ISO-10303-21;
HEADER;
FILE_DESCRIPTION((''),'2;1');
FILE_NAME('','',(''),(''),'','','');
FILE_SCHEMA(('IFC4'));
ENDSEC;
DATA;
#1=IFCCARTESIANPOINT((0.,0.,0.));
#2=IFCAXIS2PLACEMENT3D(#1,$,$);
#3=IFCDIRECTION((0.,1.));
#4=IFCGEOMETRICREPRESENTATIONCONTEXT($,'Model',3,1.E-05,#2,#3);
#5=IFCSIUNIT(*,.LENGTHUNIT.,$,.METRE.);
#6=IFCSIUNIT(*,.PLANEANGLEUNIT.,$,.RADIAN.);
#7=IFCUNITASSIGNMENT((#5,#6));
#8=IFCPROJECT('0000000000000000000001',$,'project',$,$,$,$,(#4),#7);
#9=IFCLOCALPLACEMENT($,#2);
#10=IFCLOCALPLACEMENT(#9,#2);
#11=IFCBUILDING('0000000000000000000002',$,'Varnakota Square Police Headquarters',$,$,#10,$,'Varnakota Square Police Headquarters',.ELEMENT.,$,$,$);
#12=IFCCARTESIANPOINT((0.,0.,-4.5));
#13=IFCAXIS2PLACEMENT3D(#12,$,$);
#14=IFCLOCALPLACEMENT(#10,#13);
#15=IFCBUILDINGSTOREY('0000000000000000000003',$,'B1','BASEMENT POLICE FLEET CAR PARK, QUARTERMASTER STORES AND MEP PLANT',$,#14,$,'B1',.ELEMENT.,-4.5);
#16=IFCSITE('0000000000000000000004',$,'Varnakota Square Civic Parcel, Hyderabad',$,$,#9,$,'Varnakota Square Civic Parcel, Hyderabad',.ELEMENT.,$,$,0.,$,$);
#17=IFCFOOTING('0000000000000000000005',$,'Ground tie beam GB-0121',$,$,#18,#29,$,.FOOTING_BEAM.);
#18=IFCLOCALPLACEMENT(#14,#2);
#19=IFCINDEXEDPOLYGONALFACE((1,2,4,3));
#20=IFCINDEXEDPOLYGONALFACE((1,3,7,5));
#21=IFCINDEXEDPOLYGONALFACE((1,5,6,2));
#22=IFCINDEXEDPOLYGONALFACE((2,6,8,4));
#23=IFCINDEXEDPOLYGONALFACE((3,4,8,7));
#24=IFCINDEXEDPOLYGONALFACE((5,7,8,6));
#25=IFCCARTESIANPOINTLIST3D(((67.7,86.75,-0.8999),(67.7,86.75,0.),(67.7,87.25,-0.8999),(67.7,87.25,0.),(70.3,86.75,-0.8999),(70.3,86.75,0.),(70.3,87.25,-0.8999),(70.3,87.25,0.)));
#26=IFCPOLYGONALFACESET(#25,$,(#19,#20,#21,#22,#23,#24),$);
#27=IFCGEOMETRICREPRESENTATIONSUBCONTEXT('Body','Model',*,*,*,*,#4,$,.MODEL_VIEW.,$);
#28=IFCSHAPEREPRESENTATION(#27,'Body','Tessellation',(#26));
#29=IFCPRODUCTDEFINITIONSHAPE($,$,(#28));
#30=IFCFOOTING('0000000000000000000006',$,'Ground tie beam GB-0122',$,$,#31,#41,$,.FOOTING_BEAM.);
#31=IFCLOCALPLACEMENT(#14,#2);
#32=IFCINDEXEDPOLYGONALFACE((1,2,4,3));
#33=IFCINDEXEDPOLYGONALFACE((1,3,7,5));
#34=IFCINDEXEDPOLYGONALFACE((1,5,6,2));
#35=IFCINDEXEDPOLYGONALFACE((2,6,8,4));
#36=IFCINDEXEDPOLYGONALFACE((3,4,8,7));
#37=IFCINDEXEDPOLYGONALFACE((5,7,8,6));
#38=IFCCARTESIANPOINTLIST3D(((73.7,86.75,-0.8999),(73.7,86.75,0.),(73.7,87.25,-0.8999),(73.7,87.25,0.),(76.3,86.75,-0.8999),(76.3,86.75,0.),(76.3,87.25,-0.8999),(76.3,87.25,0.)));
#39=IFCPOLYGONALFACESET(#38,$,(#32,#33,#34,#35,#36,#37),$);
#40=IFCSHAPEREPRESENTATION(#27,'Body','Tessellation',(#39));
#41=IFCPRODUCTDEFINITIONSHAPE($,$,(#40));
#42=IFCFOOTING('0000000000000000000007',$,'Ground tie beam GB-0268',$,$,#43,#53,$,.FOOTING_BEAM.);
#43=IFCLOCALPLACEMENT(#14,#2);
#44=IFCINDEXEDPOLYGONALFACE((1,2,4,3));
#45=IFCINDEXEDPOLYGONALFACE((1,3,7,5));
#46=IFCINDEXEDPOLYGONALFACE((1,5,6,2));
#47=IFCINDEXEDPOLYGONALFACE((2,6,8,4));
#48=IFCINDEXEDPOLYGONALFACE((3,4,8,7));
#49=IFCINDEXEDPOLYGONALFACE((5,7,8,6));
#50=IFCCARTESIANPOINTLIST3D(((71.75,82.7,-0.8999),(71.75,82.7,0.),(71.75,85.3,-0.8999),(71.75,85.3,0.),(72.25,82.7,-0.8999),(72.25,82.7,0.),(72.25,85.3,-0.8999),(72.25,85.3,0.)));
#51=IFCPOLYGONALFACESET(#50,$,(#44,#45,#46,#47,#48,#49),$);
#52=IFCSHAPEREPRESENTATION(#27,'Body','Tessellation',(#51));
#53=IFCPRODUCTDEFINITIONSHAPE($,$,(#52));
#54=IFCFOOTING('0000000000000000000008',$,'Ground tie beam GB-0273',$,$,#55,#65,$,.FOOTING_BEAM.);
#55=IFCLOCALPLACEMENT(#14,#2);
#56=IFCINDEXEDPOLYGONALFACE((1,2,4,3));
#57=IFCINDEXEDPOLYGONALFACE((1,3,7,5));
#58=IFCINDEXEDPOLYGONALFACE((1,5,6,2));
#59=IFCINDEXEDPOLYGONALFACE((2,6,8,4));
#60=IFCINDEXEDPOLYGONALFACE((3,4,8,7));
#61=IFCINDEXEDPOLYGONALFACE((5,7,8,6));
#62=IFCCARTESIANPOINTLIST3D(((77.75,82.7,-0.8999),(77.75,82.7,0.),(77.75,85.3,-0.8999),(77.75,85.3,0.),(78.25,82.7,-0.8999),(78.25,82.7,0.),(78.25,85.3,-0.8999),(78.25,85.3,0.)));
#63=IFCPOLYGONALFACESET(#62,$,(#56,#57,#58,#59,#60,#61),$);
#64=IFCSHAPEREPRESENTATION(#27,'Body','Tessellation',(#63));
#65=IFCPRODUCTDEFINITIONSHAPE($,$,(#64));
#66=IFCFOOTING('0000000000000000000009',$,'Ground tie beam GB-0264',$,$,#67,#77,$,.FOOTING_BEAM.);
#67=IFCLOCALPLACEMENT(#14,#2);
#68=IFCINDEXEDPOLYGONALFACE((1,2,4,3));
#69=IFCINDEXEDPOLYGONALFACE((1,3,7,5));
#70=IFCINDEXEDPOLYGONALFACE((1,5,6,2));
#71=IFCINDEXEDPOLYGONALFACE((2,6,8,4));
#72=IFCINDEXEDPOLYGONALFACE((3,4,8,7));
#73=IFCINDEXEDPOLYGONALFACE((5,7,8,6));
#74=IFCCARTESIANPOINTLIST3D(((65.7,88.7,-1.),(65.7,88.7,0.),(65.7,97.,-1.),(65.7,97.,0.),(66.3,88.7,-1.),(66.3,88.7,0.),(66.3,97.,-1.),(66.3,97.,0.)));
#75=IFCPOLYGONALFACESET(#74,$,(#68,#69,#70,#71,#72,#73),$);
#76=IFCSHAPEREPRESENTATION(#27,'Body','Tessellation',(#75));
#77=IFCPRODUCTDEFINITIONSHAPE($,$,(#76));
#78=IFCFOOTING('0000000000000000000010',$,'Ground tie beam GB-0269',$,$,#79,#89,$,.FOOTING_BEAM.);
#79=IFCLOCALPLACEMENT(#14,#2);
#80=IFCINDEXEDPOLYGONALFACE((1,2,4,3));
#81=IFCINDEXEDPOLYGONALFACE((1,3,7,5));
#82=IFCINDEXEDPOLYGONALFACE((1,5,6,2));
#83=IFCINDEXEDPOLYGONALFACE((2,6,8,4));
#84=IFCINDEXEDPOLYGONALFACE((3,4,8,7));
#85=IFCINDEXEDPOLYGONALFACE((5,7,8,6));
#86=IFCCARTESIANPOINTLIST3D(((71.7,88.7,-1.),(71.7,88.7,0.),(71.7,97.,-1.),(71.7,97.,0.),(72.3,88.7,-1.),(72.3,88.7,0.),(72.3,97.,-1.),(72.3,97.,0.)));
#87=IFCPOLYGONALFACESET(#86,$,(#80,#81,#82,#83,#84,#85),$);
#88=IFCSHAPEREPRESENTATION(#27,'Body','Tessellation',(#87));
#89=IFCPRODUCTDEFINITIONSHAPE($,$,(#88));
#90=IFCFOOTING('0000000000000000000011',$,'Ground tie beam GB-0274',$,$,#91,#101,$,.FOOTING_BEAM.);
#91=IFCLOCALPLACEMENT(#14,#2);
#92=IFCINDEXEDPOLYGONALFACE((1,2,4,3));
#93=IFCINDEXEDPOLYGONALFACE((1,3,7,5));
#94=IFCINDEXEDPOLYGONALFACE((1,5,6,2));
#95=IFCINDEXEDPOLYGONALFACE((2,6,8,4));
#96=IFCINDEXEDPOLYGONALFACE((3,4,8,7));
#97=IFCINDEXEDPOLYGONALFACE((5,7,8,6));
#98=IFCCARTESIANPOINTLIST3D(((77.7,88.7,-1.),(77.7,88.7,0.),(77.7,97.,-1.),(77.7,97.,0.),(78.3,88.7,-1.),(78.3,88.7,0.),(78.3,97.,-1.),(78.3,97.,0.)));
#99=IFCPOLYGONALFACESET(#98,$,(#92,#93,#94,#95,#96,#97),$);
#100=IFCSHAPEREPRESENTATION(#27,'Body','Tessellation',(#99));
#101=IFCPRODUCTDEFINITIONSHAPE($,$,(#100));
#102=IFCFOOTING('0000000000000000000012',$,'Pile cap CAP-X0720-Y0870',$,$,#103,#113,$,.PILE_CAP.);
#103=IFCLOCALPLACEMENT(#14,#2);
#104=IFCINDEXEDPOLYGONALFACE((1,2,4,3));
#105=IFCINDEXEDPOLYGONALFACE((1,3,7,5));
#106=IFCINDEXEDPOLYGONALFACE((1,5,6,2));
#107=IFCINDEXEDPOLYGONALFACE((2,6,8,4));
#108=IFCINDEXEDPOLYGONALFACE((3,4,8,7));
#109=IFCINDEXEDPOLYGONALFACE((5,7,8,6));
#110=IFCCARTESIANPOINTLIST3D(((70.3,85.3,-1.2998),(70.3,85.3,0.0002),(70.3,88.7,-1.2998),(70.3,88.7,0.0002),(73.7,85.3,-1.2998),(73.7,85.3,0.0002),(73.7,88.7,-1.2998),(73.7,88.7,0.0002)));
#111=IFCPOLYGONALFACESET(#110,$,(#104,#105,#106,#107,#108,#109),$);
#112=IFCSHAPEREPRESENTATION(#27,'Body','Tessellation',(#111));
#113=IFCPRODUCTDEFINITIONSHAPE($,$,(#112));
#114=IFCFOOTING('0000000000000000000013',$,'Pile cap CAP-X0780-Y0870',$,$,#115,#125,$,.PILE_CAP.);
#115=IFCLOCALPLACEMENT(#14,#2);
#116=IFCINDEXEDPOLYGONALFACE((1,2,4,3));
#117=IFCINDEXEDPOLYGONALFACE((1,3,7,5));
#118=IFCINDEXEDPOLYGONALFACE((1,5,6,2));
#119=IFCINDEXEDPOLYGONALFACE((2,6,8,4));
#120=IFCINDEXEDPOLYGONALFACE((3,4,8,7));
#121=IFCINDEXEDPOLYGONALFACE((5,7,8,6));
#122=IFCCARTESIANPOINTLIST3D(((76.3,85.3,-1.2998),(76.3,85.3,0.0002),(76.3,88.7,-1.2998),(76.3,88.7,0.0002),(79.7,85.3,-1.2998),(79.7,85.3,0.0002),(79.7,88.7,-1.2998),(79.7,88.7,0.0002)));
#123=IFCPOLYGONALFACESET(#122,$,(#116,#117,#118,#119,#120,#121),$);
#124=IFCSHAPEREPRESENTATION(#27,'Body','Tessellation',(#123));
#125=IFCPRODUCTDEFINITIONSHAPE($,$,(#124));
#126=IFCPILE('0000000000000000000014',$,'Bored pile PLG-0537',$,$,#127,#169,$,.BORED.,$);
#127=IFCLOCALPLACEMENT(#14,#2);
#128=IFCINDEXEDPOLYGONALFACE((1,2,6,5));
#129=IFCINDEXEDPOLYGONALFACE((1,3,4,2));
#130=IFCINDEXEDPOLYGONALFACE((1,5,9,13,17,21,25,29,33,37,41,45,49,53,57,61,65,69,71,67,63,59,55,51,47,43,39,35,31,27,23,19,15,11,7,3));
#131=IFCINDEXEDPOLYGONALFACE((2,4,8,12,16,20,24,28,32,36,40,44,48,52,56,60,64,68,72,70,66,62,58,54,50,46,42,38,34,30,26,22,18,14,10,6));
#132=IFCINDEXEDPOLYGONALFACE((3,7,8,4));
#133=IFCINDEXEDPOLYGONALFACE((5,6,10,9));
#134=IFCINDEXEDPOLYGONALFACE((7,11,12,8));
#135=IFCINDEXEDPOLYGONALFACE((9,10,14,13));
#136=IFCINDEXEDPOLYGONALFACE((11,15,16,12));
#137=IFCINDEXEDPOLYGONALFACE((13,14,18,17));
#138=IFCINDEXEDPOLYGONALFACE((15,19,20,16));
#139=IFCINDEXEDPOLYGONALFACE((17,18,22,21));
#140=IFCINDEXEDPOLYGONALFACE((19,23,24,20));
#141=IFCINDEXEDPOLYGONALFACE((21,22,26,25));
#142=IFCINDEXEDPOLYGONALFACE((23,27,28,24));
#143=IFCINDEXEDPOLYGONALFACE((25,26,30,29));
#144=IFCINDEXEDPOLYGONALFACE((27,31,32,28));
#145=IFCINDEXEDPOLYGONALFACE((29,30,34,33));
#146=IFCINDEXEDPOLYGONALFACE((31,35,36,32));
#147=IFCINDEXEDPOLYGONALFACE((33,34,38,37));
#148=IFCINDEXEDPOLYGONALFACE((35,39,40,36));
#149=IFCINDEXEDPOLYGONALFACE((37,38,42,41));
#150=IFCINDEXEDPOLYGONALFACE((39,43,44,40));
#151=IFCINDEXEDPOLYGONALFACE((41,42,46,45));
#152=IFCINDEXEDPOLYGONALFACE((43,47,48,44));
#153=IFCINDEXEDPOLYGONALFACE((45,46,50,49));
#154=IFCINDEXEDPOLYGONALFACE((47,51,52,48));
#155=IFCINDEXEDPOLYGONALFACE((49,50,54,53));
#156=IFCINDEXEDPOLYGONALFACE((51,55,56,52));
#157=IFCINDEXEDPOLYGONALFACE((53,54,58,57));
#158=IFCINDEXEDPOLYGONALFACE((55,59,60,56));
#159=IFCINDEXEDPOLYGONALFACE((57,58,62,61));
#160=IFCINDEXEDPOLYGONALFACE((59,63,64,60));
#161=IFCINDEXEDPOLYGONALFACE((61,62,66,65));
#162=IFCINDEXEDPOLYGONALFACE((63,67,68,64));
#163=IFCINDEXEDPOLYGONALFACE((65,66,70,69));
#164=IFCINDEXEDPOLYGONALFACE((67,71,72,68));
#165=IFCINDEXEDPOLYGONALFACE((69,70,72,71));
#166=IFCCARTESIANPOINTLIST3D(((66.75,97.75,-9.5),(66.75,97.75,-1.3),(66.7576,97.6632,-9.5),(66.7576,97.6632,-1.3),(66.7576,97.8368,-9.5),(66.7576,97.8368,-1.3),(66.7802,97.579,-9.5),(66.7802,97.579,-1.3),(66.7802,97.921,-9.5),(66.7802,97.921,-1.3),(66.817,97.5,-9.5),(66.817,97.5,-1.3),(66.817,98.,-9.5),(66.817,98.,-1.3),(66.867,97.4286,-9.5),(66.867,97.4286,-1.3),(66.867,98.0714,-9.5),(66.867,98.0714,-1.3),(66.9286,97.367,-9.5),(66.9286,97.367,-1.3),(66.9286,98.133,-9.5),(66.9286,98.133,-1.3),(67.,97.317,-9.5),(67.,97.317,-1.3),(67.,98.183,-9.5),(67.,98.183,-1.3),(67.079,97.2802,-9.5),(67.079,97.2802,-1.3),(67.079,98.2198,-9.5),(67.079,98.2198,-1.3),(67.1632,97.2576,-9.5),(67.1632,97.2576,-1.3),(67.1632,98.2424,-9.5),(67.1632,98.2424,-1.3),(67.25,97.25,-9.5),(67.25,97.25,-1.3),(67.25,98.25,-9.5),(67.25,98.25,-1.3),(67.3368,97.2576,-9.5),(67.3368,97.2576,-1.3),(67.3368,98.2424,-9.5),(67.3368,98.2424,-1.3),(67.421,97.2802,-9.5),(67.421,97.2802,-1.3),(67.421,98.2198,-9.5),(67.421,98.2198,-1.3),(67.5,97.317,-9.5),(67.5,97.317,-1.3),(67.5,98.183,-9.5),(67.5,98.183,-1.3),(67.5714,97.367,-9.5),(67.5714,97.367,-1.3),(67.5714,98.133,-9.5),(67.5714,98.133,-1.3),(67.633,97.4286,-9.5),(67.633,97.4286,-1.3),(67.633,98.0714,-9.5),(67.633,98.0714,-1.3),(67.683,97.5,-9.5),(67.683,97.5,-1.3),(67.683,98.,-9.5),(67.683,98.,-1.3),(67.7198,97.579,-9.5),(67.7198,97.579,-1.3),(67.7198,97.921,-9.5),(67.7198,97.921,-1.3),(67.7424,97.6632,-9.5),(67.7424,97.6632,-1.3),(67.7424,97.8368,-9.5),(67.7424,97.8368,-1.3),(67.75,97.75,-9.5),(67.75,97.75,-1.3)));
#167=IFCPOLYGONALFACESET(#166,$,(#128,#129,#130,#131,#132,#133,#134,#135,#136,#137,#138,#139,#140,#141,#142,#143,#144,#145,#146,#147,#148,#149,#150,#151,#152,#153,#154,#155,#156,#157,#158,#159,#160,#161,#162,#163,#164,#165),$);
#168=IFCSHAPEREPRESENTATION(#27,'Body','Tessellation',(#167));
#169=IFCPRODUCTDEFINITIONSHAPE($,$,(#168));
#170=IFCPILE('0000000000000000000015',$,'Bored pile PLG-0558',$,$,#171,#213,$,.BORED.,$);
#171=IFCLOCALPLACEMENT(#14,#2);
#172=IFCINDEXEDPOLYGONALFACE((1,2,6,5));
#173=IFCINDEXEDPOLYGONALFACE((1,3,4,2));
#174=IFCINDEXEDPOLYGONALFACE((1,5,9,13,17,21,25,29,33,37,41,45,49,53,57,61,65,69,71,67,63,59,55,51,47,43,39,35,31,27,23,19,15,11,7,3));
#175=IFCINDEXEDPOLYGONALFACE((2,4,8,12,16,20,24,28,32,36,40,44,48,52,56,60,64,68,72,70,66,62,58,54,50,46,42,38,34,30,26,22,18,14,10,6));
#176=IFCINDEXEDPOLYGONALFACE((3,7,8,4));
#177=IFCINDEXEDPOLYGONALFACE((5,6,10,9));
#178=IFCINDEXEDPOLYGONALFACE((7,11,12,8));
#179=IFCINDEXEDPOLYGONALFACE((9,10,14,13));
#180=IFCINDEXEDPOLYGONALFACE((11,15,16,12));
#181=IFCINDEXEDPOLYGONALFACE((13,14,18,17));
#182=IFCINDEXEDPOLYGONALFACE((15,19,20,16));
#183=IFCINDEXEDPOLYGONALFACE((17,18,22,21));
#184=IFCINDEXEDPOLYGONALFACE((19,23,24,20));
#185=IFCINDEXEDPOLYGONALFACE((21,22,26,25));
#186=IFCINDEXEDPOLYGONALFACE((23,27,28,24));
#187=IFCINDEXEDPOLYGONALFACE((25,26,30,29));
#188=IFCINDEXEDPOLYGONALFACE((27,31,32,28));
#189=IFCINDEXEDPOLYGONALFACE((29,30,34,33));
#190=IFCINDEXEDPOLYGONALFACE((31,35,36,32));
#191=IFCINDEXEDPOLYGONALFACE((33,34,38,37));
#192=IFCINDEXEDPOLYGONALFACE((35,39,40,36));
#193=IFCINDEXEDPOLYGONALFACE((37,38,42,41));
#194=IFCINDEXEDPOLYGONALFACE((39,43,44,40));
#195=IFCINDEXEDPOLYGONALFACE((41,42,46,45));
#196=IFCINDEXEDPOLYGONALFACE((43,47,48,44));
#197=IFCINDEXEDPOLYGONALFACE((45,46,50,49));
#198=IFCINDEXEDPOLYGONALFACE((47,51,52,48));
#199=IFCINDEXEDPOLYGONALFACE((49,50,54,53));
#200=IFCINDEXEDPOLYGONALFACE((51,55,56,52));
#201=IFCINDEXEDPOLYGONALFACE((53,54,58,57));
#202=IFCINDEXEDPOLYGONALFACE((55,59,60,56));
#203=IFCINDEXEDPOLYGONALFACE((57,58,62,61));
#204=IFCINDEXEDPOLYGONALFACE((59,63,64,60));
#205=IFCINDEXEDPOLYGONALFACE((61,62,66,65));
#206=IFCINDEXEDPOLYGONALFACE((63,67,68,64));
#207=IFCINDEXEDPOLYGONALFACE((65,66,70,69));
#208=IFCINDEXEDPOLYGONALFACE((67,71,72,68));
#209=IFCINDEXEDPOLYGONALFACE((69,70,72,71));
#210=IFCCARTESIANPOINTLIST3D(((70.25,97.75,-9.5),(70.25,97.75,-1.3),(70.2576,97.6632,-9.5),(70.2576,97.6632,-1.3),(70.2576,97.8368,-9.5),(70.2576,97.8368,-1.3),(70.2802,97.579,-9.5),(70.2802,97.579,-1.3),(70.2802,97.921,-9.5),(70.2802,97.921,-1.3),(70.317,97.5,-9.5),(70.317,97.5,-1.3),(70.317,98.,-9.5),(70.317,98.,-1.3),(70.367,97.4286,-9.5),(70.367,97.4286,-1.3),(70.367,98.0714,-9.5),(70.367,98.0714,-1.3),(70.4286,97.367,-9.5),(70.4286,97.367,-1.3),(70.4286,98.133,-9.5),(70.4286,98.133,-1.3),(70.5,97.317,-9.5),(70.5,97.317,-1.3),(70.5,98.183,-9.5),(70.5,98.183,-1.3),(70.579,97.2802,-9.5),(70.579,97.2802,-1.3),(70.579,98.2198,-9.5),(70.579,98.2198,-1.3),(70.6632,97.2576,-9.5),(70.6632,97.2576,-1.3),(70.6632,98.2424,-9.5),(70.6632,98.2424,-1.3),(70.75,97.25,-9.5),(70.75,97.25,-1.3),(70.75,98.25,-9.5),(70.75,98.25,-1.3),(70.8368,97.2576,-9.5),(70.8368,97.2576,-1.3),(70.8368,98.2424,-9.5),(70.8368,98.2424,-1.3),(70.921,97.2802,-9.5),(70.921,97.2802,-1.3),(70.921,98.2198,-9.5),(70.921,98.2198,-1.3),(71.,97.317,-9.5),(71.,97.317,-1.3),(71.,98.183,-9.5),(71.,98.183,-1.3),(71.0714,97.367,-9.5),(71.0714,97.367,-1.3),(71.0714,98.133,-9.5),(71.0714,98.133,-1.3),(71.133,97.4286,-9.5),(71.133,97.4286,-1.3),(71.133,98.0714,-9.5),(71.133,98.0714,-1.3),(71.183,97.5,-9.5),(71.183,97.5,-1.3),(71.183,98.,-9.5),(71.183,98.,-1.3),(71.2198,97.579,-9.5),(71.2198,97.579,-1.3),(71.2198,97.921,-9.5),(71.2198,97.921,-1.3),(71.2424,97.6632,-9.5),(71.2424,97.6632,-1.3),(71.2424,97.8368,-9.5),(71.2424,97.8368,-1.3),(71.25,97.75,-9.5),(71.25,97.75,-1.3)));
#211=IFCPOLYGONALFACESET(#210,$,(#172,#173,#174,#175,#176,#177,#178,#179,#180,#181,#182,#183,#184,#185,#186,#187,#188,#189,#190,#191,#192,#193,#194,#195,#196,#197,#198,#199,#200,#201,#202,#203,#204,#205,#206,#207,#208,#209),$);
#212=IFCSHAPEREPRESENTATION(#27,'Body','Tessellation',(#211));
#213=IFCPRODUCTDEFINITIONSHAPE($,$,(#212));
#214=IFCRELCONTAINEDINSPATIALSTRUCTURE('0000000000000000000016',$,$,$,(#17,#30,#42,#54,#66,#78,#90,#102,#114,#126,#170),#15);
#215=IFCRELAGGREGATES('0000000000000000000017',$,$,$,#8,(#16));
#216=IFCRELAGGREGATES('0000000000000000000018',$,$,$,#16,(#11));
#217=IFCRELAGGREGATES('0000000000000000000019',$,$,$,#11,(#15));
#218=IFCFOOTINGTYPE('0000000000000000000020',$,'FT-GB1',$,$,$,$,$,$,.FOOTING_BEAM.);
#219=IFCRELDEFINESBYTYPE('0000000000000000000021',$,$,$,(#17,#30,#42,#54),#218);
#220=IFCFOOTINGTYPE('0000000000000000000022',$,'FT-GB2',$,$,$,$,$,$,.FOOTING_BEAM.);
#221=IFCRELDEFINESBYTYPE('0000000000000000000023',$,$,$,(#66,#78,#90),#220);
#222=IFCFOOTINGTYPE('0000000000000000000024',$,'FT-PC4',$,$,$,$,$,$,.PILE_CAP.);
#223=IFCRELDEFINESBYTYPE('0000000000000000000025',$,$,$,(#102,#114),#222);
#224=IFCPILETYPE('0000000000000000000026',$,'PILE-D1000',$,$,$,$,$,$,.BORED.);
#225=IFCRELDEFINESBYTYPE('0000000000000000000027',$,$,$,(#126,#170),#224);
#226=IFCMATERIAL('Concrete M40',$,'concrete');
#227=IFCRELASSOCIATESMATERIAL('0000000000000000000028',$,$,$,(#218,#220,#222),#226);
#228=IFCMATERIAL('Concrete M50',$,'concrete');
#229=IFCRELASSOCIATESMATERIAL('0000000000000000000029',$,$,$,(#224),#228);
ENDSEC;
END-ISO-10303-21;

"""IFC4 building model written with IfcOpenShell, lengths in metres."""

from ifc_helpers import new_model, si_unit, direction, frame, origin, origin_2d, place, context, subcontext, project, spatial, rectangle, circle, extrude, material, material_profile, profile_set, type_object, element, save


model = new_model("IFC4")

# Units and contexts
model_context = context("Model", 3, precision=1e-05, world=origin(), true_north=direction((0.0, 1.0)))
body_context = subcontext(model_context, "Body", "Model", "MODEL_VIEW")
ifc_project = project(units=[si_unit("LENGTHUNIT", "METRE"), si_unit("PLANEANGLEUNIT", "RADIAN")], contexts=[model_context])

# Site, building, storey
site_placement = place(None, origin())
site = spatial("IfcSite", under=ifc_project, at=site_placement, Name="Varnakota Square Civic Parcel, Hyderabad", LongName="Varnakota Square Civic Parcel, Hyderabad", CompositionType="ELEMENT", RefElevation=0.0)
building_placement = place(site_placement, origin())
building = spatial("IfcBuilding", under=site, at=building_placement, Name="Varnakota Square Police Headquarters", LongName="Varnakota Square Police Headquarters", CompositionType="ELEMENT")
storey_placement = place(building_placement, frame((0.0, 0.0, -4.5)))
storey = spatial("IfcBuildingStorey", under=building, at=storey_placement, Name="B1", Description="BASEMENT POLICE FLEET CAR PARK, QUARTERMASTER STORES AND MEP PLANT", LongName="B1", CompositionType="ELEMENT", Elevation=-4.5)

# Footings
ifc_material_1 = material(Name="Concrete M40", Category="concrete")
ifc_material_profile_1 = material_profile(ifc_material_1, rectangle(XDim=0.5, YDim=0.8999, at=origin_2d()), Name="GB 500x900")
ifc_profile_set_1 = profile_set([ifc_material_profile_1], Name="Concrete M40")
footing_type_1 = type_object("IfcFootingType", Name="FT-GB1", PredefinedType="FOOTING_BEAM", material=ifc_profile_set_1)
for number, where, z_axis, x_axis, name in (
    (1, (67.7, 87.0, -0.45), (1.0, 0.0, 0.0), (0.0, 1.0, 0.0), "Ground tie beam GB-0121"),
    (2, (73.7, 87.0, -0.45), (1.0, 0.0, 0.0), (0.0, 1.0, 0.0), "Ground tie beam GB-0122"),
    (3, (72.0, 82.7, -0.45), (0.0, 1.0, 0.0), (-1.0, 0.0, 0.0), "Ground tie beam GB-0268"),
    (4, (78.0, 82.7, -0.45), (0.0, 1.0, 0.0), (-1.0, 0.0, 0.0), "Ground tie beam GB-0273"),
):
    element("IfcFooting", number, at=place(storey_placement, frame(where, z_axis=z_axis, x_axis=x_axis)), inside=storey, type_object=footing_type_1, Name=name, PredefinedType="FOOTING_BEAM", context=body_context, shape_type="SweptSolid", body=[
        extrude(rectangle(XDim=0.5, YDim=0.8999, at=origin_2d()), origin(), (0.0, 0.0, 1.0), 2.6001),
    ])
ifc_material_profile_2 = material_profile(ifc_material_1, rectangle(XDim=0.6001, YDim=1.0, at=origin_2d()), Name="GB 600x1000")
ifc_profile_set_2 = profile_set([ifc_material_profile_2], Name="Concrete M40")
footing_type_2 = type_object("IfcFootingType", Name="FT-GB2", PredefinedType="FOOTING_BEAM", material=ifc_profile_set_2)
for number, where, z_axis, x_axis, name in (
    (5, (66.0, 88.7, -0.5), (0.0, 1.0, 0.0), (-1.0, 0.0, 0.0), "Ground tie beam GB-0264"),
    (6, (72.0, 88.7, -0.5), (0.0, 1.0, 0.0), (-1.0, 0.0, 0.0), "Ground tie beam GB-0269"),
    (7, (78.0, 88.7, -0.5), (0.0, 1.0, 0.0), (-1.0, 0.0, 0.0), "Ground tie beam GB-0274"),
):
    element("IfcFooting", number, at=place(storey_placement, frame(where, z_axis=z_axis, x_axis=x_axis)), inside=storey, type_object=footing_type_2, Name=name, PredefinedType="FOOTING_BEAM", context=body_context, shape_type="SweptSolid", body=[
        extrude(rectangle(XDim=0.6001, YDim=1.0, at=origin_2d()), origin(), (0.0, 0.0, 1.0), 8.3),
    ])
footing_type_3 = type_object("IfcFootingType", Name="FT-PC4", PredefinedType="PILE_CAP", material=ifc_material_1)
for number, where, z_axis, x_axis, name in (
    (8, (72.0, 87.0, -1.2998), (0.0, 0.0, 1.0), (1.0, 0.0, 0.0), "Pile cap CAP-X0720-Y0870"),
    (9, (78.0, 87.0, -1.2998), (0.0, 0.0, 1.0), (1.0, 0.0, 0.0), "Pile cap CAP-X0780-Y0870"),
):
    element("IfcFooting", number, at=place(storey_placement, frame(where, z_axis=z_axis, x_axis=x_axis)), inside=storey, type_object=footing_type_3, Name=name, PredefinedType="PILE_CAP", context=body_context, shape_type="SweptSolid", body=[
        extrude(rectangle(XDim=3.3999, YDim=3.3999, at=origin_2d()), origin(), (0.0, 0.0, 1.0), 1.3),
    ])

# Piles
ifc_material_2 = material(Name="Concrete M50", Category="concrete")
ifc_material_profile_3 = material_profile(ifc_material_2, circle(Radius=0.5, at=origin_2d()), Name="BORED PILE 1000")
ifc_profile_set_3 = profile_set([ifc_material_profile_3], Name="Concrete M50")
pile_type_1 = type_object("IfcPileType", Name="PILE-D1000", PredefinedType="BORED", material=ifc_profile_set_3)
for number, where, z_axis, x_axis, name in (
    (10, (67.25, 97.75, -1.3), (0.0, 0.0, -1.0), (1.0, 0.0, 0.0), "Bored pile PLG-0537"),
    (11, (70.75, 97.75, -1.3), (0.0, 0.0, -1.0), (1.0, 0.0, 0.0), "Bored pile PLG-0558"),
):
    element("IfcPile", number, at=place(storey_placement, frame(where, z_axis=z_axis, x_axis=x_axis)), inside=storey, type_object=pile_type_1, Name=name, PredefinedType="BORED", context=body_context, shape_type="SweptSolid", body=[
        extrude(circle(Radius=0.5, at=origin_2d()), origin(), (0.0, 0.0, 1.0), 8.2),
    ])

save(model, "model.ifc")
